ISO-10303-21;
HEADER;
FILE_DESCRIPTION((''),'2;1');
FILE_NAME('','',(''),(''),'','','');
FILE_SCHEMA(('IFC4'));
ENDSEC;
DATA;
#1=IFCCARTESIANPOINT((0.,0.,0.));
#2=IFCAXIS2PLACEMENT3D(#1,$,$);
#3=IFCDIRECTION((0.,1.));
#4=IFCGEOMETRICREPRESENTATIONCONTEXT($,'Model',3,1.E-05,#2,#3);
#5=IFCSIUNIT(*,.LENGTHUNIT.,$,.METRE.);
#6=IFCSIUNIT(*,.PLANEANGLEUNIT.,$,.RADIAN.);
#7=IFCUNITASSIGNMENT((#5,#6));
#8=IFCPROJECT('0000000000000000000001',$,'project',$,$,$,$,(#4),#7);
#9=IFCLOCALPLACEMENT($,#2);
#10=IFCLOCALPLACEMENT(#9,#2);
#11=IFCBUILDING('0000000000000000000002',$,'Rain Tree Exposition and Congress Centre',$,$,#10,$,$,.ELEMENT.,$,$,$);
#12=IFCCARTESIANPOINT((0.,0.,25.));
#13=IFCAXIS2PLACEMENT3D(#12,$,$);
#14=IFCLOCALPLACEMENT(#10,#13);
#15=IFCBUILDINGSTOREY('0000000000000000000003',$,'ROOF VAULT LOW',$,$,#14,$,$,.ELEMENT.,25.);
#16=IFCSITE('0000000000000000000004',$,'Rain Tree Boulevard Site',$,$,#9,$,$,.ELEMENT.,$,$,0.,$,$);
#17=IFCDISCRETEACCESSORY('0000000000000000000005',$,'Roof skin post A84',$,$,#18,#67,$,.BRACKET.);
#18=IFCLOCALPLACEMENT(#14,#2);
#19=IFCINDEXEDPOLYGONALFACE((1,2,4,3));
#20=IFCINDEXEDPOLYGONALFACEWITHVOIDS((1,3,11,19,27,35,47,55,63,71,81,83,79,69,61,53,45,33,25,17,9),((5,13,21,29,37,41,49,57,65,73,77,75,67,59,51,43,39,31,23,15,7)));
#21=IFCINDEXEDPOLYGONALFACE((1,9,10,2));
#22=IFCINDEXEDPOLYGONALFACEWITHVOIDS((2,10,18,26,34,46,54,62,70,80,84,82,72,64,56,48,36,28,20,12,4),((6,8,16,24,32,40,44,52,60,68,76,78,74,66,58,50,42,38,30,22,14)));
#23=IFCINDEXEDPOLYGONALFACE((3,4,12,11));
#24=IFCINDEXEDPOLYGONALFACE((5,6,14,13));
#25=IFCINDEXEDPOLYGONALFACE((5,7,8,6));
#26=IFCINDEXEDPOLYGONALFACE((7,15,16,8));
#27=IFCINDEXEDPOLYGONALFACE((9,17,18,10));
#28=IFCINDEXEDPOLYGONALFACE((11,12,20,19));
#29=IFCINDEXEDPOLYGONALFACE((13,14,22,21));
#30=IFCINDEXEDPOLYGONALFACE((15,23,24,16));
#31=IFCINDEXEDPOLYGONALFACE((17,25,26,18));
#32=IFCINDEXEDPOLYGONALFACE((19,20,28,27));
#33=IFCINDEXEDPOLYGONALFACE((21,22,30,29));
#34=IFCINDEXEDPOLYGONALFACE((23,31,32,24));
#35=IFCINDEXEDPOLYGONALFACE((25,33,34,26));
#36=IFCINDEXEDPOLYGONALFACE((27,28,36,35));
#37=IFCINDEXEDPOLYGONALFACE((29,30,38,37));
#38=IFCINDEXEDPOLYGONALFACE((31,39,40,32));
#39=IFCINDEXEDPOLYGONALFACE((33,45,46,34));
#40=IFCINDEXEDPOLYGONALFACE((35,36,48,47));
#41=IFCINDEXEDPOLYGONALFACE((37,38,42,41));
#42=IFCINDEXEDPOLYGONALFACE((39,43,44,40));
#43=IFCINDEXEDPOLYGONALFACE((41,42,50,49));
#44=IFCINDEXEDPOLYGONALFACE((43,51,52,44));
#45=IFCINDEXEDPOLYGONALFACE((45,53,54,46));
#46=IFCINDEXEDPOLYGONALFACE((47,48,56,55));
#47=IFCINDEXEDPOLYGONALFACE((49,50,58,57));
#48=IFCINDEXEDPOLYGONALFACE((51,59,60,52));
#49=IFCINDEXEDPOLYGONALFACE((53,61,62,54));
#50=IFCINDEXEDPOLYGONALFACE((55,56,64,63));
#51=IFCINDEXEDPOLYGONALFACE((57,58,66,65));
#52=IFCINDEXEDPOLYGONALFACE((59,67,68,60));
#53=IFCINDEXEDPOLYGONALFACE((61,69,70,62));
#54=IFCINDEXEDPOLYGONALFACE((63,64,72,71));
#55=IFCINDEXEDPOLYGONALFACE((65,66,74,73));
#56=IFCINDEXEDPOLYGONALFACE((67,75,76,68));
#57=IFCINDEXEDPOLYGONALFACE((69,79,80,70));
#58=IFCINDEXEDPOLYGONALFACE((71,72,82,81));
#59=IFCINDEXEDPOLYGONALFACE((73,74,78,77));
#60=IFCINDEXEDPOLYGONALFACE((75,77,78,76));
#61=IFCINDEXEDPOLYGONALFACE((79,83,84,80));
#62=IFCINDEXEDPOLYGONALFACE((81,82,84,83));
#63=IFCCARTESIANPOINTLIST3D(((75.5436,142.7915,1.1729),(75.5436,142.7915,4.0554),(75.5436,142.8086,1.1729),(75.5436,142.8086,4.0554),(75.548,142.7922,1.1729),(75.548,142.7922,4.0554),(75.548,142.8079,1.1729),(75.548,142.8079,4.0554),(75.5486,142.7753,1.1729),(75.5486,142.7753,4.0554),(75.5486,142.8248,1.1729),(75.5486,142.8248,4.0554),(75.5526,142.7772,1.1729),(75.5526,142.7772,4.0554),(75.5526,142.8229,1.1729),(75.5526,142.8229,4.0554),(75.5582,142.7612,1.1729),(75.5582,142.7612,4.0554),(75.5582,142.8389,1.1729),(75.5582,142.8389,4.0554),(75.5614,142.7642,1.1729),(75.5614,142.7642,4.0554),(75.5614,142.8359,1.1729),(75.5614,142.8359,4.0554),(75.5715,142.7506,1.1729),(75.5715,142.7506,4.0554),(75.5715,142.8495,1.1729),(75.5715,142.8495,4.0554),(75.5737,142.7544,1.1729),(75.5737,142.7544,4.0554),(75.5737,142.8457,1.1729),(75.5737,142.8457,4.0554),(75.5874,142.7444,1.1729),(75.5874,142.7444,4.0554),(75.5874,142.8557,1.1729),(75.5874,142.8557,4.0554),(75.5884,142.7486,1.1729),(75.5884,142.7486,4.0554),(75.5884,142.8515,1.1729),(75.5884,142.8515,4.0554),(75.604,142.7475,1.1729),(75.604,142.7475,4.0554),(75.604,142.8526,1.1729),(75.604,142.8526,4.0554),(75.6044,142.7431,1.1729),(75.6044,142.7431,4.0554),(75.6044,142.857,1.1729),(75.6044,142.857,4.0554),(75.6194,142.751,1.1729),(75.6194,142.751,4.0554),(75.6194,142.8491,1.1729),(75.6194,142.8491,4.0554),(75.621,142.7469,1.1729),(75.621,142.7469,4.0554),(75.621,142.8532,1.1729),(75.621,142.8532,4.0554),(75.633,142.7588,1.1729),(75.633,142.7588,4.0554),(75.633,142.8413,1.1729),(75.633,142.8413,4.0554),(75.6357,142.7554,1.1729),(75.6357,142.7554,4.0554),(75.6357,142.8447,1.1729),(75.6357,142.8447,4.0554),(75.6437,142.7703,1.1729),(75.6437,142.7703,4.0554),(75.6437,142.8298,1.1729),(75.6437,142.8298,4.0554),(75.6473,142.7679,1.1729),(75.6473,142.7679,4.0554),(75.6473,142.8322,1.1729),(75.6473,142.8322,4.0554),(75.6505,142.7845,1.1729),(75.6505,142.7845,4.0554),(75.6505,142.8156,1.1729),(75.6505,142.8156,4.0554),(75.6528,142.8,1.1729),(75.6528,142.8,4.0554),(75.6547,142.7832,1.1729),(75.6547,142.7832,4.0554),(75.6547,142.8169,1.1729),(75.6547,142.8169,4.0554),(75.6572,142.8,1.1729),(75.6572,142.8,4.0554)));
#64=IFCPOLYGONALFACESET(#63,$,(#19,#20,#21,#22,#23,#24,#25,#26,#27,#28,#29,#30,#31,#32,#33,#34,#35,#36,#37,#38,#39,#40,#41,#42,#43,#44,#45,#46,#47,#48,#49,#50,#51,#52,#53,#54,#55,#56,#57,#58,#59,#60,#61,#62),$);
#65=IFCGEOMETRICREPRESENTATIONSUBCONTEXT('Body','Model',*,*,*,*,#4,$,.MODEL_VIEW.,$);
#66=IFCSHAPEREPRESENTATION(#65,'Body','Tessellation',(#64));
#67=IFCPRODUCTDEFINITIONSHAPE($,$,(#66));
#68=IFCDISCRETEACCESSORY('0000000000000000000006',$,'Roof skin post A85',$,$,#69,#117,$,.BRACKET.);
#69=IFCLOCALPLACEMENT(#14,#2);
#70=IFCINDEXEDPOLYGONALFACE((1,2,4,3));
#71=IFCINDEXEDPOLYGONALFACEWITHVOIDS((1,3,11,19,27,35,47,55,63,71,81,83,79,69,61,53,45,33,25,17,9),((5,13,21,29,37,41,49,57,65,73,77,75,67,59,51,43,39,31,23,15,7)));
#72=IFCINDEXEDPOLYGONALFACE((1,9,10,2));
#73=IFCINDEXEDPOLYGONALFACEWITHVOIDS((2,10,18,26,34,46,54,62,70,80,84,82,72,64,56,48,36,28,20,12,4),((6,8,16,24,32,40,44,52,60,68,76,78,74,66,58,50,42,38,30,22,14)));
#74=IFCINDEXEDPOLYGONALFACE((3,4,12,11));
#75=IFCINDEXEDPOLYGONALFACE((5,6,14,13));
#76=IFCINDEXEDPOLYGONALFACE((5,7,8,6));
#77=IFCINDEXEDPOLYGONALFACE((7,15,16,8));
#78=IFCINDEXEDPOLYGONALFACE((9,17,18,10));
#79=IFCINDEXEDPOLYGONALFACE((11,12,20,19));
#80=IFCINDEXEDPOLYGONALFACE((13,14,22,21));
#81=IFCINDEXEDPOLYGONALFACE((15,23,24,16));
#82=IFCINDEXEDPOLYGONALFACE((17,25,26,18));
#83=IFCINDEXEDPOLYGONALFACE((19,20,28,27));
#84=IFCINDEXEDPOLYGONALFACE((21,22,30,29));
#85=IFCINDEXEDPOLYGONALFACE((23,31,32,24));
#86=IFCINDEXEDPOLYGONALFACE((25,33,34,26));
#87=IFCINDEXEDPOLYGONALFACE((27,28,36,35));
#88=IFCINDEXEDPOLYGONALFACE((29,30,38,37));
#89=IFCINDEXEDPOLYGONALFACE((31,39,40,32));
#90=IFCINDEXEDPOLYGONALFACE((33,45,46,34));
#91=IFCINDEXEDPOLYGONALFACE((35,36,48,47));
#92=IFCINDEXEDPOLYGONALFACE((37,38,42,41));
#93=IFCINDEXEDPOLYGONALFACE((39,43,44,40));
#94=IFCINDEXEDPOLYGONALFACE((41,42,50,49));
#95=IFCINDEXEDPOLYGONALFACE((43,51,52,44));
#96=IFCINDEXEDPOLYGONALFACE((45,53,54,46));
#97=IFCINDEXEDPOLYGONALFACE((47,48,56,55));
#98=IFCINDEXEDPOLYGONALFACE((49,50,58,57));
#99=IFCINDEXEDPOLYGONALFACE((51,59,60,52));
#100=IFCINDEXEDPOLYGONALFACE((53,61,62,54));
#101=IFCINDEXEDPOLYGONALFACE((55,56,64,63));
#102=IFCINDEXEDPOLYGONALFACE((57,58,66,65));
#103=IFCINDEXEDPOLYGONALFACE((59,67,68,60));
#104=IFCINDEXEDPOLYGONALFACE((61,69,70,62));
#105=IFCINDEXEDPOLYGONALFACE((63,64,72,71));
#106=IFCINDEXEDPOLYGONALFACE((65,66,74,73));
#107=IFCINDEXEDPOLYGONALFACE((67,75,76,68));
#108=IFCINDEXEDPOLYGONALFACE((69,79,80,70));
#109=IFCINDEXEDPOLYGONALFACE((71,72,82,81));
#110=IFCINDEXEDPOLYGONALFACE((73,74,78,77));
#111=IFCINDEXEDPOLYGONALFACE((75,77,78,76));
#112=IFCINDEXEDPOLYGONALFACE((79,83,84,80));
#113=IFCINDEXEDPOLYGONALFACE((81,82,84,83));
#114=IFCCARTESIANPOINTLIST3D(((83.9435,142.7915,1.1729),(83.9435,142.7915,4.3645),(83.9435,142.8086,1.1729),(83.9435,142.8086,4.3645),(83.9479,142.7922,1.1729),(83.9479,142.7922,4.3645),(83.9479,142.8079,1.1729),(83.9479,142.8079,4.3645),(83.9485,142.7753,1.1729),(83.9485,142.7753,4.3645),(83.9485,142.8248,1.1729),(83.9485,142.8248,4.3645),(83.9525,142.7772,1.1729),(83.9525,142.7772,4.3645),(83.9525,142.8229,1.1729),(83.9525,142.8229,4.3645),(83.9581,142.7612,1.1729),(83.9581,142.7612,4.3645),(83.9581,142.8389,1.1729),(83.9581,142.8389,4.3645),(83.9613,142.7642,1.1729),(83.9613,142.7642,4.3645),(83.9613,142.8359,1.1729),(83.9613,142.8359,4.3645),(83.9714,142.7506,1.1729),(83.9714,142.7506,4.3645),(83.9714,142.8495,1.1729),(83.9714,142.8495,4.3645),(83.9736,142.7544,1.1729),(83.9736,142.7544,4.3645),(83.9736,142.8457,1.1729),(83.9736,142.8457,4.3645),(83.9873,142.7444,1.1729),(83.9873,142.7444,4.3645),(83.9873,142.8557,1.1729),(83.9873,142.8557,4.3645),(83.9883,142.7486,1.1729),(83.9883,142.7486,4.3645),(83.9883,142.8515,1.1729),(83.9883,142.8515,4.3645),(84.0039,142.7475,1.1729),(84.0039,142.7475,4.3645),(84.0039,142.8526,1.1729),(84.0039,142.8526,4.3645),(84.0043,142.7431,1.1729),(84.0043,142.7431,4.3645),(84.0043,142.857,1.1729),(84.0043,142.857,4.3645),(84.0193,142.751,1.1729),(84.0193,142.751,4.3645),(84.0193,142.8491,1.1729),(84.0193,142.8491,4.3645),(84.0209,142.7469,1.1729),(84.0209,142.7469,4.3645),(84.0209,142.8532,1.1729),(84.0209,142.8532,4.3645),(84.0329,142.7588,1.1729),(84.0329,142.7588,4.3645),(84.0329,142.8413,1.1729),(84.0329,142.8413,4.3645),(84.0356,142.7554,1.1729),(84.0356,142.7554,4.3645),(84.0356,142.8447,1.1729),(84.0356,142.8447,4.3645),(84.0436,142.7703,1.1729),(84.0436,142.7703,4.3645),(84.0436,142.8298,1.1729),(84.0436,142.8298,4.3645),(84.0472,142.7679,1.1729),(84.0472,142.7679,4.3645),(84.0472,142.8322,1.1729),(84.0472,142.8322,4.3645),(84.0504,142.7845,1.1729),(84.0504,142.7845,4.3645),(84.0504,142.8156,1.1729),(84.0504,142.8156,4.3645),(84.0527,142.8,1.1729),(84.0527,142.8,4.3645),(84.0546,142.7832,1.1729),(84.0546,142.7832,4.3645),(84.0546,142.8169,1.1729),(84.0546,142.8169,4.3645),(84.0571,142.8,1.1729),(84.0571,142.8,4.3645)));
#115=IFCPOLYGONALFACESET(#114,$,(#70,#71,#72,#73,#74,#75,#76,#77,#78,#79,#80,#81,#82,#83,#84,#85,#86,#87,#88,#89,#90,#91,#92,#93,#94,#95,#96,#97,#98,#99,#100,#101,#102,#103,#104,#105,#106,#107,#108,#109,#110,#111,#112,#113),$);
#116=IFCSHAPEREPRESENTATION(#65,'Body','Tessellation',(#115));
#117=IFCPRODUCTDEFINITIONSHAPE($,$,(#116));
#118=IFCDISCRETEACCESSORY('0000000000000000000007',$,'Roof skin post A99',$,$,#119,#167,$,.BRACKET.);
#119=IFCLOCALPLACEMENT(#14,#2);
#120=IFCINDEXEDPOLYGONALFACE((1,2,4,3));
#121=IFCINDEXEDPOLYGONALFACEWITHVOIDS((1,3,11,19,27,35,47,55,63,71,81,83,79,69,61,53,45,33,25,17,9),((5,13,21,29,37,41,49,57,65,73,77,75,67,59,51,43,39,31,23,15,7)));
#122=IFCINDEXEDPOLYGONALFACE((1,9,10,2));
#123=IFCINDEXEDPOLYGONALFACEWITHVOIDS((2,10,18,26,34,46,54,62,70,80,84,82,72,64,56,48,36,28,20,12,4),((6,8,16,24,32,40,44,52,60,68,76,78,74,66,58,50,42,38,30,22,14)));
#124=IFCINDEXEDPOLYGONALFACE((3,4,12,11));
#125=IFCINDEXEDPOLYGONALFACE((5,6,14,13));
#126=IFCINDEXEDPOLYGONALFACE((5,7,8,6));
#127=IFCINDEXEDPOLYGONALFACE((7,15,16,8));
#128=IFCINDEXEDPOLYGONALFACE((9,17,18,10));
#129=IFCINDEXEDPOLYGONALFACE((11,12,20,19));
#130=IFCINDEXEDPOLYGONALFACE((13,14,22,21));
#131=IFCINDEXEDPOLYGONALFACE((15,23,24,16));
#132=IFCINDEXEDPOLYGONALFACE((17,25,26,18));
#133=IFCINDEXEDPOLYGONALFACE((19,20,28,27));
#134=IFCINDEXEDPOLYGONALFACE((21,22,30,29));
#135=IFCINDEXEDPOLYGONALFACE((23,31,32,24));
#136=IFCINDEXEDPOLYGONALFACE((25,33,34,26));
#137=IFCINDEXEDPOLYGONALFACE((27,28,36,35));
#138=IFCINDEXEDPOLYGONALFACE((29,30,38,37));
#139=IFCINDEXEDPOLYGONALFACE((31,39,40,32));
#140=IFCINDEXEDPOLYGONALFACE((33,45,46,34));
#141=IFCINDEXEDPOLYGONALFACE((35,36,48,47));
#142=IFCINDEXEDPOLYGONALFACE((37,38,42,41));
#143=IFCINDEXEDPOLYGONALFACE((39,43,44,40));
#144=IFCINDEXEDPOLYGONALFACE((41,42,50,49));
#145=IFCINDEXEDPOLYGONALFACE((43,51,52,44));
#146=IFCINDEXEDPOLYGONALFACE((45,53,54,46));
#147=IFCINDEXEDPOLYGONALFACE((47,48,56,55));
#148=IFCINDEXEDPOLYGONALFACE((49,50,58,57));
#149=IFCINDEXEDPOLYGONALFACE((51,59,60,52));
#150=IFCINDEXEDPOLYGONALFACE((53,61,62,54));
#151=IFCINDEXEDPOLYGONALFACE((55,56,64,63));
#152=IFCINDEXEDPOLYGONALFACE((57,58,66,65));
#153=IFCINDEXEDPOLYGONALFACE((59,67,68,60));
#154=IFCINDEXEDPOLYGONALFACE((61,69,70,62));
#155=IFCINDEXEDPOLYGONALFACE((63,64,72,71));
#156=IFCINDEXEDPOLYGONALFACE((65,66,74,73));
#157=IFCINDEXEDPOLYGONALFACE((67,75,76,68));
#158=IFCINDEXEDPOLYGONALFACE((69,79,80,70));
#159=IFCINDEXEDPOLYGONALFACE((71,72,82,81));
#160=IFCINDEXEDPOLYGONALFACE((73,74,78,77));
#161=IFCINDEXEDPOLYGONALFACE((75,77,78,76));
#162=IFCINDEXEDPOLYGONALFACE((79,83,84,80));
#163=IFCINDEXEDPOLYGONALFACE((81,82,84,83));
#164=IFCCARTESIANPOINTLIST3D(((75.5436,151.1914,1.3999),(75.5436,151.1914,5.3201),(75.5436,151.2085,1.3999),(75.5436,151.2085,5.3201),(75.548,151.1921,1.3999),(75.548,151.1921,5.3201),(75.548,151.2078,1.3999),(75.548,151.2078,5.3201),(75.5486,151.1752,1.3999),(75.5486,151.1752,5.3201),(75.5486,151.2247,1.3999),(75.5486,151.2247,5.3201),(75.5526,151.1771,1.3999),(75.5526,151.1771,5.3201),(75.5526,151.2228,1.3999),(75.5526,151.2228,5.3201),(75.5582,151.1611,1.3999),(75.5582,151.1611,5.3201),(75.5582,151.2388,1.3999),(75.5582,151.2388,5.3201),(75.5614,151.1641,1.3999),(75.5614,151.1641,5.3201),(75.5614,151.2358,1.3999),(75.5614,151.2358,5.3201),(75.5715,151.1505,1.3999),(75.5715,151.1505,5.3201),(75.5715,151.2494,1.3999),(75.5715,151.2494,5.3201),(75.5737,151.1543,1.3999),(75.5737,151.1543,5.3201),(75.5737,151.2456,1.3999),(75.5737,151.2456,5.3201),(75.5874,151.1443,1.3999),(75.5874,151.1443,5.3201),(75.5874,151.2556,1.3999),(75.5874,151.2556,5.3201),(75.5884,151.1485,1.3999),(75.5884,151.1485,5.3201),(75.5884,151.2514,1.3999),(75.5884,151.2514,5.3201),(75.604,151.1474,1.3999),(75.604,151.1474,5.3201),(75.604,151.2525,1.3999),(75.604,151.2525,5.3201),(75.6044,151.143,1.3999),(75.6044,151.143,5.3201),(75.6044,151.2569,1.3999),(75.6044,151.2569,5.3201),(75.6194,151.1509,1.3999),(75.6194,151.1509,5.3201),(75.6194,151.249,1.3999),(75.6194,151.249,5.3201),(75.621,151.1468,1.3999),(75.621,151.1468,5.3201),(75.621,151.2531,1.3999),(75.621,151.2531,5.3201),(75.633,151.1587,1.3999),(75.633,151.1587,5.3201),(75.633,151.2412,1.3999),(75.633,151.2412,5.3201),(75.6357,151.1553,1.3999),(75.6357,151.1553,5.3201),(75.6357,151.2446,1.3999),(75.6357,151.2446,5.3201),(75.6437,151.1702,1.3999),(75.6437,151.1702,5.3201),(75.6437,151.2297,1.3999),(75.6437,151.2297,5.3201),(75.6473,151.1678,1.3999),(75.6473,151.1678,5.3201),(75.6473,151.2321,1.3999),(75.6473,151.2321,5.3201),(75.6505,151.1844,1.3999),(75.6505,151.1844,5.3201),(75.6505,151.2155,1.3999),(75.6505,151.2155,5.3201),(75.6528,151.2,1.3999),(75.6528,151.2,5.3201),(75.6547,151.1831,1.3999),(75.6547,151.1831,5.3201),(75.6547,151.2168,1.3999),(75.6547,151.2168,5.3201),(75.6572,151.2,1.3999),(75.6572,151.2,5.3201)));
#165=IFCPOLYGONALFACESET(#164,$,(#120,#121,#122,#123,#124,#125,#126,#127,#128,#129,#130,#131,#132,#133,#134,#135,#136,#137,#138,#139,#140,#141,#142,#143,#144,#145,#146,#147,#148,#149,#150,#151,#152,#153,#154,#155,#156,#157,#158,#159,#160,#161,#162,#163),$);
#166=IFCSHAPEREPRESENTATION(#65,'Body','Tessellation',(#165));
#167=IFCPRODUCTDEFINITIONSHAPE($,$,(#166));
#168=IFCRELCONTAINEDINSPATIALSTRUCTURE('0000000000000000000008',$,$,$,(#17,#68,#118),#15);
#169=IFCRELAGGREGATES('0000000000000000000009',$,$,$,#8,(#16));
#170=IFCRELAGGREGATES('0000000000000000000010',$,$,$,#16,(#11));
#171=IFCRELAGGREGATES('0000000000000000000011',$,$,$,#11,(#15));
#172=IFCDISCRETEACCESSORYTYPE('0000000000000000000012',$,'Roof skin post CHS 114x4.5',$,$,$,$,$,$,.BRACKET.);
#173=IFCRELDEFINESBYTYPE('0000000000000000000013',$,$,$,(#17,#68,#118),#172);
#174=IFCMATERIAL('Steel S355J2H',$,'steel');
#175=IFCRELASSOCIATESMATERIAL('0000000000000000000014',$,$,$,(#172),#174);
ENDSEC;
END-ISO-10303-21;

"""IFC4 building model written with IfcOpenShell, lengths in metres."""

from ifc_helpers import new_model, si_unit, direction, frame, origin, origin_2d, place, context, subcontext, project, spatial, hollow_circle, extrude, material, material_profile, profile_set, type_object, element, save


model = new_model("IFC4")

# Units and contexts
model_context = context("Model", 3, precision=1e-05, world=origin(), true_north=direction((0.0, 1.0)))
body_context = subcontext(model_context, "Body", "Model", "MODEL_VIEW")
ifc_project = project(units=[si_unit("LENGTHUNIT", "METRE"), si_unit("PLANEANGLEUNIT", "RADIAN")], contexts=[model_context])

# Site, building, storey
site_placement = place(None, origin())
site = spatial("IfcSite", under=ifc_project, at=site_placement, Name="Rain Tree Boulevard Site", CompositionType="ELEMENT", RefElevation=0.0)
building_placement = place(site_placement, origin())
building = spatial("IfcBuilding", under=site, at=building_placement, Name="Rain Tree Exposition and Congress Centre", CompositionType="ELEMENT")
storey_placement = place(building_placement, frame((0.0, 0.0, 25.0)))
storey = spatial("IfcBuildingStorey", under=building, at=storey_placement, Name="ROOF VAULT LOW", CompositionType="ELEMENT", Elevation=25.0)

# Discrete accessories
ifc_material_1 = material(Name="Steel S355J2H", Category="steel")
ifc_material_profile_1 = material_profile(ifc_material_1, hollow_circle(Radius=0.0571, WallThickness=0.0044, at=origin_2d()), Name="CHS 114x4.5")
ifc_profile_set_1 = profile_set([ifc_material_profile_1], Name="Steel S355J2H")
discrete_accessory_type_1 = type_object("IfcDiscreteAccessoryType", Name="Roof skin post CHS 114x4.5", PredefinedType="BRACKET", material=ifc_profile_set_1)
discrete_accessory_1_placement = place(storey_placement, frame((75.6001, 142.8, 1.1729), z_axis=(0.0, 0.0, 1.0), x_axis=(1.0, 0.0, 0.0)))
element("IfcDiscreteAccessory", 1, at=discrete_accessory_1_placement, inside=storey, type_object=discrete_accessory_type_1, Name="Roof skin post A84", PredefinedType="BRACKET", context=body_context, shape_type="SweptSolid", body=[
    extrude(hollow_circle(Radius=0.0571, WallThickness=0.0044, at=origin_2d()), origin(), (0.0, 0.0, 1.0), 2.8826),
])
discrete_accessory_2_placement = place(storey_placement, frame((84.0, 142.8, 1.1729), z_axis=(0.0, 0.0, 1.0), x_axis=(1.0, 0.0, 0.0)))
element("IfcDiscreteAccessory", 2, at=discrete_accessory_2_placement, inside=storey, type_object=discrete_accessory_type_1, Name="Roof skin post A85", PredefinedType="BRACKET", context=body_context, shape_type="SweptSolid", body=[
    extrude(hollow_circle(Radius=0.0571, WallThickness=0.0044, at=origin_2d()), origin(), (0.0, 0.0, 1.0), 3.1917),
])
discrete_accessory_3_placement = place(storey_placement, frame((75.6001, 151.2, 1.3999), z_axis=(0.0, 0.0, 1.0), x_axis=(1.0, 0.0, 0.0)))
element("IfcDiscreteAccessory", 3, at=discrete_accessory_3_placement, inside=storey, type_object=discrete_accessory_type_1, Name="Roof skin post A99", PredefinedType="BRACKET", context=body_context, shape_type="SweptSolid", body=[
    extrude(hollow_circle(Radius=0.0571, WallThickness=0.0044, at=origin_2d()), origin(), (0.0, 0.0, 1.0), 3.9202),
])

save(model, "model.ifc")
